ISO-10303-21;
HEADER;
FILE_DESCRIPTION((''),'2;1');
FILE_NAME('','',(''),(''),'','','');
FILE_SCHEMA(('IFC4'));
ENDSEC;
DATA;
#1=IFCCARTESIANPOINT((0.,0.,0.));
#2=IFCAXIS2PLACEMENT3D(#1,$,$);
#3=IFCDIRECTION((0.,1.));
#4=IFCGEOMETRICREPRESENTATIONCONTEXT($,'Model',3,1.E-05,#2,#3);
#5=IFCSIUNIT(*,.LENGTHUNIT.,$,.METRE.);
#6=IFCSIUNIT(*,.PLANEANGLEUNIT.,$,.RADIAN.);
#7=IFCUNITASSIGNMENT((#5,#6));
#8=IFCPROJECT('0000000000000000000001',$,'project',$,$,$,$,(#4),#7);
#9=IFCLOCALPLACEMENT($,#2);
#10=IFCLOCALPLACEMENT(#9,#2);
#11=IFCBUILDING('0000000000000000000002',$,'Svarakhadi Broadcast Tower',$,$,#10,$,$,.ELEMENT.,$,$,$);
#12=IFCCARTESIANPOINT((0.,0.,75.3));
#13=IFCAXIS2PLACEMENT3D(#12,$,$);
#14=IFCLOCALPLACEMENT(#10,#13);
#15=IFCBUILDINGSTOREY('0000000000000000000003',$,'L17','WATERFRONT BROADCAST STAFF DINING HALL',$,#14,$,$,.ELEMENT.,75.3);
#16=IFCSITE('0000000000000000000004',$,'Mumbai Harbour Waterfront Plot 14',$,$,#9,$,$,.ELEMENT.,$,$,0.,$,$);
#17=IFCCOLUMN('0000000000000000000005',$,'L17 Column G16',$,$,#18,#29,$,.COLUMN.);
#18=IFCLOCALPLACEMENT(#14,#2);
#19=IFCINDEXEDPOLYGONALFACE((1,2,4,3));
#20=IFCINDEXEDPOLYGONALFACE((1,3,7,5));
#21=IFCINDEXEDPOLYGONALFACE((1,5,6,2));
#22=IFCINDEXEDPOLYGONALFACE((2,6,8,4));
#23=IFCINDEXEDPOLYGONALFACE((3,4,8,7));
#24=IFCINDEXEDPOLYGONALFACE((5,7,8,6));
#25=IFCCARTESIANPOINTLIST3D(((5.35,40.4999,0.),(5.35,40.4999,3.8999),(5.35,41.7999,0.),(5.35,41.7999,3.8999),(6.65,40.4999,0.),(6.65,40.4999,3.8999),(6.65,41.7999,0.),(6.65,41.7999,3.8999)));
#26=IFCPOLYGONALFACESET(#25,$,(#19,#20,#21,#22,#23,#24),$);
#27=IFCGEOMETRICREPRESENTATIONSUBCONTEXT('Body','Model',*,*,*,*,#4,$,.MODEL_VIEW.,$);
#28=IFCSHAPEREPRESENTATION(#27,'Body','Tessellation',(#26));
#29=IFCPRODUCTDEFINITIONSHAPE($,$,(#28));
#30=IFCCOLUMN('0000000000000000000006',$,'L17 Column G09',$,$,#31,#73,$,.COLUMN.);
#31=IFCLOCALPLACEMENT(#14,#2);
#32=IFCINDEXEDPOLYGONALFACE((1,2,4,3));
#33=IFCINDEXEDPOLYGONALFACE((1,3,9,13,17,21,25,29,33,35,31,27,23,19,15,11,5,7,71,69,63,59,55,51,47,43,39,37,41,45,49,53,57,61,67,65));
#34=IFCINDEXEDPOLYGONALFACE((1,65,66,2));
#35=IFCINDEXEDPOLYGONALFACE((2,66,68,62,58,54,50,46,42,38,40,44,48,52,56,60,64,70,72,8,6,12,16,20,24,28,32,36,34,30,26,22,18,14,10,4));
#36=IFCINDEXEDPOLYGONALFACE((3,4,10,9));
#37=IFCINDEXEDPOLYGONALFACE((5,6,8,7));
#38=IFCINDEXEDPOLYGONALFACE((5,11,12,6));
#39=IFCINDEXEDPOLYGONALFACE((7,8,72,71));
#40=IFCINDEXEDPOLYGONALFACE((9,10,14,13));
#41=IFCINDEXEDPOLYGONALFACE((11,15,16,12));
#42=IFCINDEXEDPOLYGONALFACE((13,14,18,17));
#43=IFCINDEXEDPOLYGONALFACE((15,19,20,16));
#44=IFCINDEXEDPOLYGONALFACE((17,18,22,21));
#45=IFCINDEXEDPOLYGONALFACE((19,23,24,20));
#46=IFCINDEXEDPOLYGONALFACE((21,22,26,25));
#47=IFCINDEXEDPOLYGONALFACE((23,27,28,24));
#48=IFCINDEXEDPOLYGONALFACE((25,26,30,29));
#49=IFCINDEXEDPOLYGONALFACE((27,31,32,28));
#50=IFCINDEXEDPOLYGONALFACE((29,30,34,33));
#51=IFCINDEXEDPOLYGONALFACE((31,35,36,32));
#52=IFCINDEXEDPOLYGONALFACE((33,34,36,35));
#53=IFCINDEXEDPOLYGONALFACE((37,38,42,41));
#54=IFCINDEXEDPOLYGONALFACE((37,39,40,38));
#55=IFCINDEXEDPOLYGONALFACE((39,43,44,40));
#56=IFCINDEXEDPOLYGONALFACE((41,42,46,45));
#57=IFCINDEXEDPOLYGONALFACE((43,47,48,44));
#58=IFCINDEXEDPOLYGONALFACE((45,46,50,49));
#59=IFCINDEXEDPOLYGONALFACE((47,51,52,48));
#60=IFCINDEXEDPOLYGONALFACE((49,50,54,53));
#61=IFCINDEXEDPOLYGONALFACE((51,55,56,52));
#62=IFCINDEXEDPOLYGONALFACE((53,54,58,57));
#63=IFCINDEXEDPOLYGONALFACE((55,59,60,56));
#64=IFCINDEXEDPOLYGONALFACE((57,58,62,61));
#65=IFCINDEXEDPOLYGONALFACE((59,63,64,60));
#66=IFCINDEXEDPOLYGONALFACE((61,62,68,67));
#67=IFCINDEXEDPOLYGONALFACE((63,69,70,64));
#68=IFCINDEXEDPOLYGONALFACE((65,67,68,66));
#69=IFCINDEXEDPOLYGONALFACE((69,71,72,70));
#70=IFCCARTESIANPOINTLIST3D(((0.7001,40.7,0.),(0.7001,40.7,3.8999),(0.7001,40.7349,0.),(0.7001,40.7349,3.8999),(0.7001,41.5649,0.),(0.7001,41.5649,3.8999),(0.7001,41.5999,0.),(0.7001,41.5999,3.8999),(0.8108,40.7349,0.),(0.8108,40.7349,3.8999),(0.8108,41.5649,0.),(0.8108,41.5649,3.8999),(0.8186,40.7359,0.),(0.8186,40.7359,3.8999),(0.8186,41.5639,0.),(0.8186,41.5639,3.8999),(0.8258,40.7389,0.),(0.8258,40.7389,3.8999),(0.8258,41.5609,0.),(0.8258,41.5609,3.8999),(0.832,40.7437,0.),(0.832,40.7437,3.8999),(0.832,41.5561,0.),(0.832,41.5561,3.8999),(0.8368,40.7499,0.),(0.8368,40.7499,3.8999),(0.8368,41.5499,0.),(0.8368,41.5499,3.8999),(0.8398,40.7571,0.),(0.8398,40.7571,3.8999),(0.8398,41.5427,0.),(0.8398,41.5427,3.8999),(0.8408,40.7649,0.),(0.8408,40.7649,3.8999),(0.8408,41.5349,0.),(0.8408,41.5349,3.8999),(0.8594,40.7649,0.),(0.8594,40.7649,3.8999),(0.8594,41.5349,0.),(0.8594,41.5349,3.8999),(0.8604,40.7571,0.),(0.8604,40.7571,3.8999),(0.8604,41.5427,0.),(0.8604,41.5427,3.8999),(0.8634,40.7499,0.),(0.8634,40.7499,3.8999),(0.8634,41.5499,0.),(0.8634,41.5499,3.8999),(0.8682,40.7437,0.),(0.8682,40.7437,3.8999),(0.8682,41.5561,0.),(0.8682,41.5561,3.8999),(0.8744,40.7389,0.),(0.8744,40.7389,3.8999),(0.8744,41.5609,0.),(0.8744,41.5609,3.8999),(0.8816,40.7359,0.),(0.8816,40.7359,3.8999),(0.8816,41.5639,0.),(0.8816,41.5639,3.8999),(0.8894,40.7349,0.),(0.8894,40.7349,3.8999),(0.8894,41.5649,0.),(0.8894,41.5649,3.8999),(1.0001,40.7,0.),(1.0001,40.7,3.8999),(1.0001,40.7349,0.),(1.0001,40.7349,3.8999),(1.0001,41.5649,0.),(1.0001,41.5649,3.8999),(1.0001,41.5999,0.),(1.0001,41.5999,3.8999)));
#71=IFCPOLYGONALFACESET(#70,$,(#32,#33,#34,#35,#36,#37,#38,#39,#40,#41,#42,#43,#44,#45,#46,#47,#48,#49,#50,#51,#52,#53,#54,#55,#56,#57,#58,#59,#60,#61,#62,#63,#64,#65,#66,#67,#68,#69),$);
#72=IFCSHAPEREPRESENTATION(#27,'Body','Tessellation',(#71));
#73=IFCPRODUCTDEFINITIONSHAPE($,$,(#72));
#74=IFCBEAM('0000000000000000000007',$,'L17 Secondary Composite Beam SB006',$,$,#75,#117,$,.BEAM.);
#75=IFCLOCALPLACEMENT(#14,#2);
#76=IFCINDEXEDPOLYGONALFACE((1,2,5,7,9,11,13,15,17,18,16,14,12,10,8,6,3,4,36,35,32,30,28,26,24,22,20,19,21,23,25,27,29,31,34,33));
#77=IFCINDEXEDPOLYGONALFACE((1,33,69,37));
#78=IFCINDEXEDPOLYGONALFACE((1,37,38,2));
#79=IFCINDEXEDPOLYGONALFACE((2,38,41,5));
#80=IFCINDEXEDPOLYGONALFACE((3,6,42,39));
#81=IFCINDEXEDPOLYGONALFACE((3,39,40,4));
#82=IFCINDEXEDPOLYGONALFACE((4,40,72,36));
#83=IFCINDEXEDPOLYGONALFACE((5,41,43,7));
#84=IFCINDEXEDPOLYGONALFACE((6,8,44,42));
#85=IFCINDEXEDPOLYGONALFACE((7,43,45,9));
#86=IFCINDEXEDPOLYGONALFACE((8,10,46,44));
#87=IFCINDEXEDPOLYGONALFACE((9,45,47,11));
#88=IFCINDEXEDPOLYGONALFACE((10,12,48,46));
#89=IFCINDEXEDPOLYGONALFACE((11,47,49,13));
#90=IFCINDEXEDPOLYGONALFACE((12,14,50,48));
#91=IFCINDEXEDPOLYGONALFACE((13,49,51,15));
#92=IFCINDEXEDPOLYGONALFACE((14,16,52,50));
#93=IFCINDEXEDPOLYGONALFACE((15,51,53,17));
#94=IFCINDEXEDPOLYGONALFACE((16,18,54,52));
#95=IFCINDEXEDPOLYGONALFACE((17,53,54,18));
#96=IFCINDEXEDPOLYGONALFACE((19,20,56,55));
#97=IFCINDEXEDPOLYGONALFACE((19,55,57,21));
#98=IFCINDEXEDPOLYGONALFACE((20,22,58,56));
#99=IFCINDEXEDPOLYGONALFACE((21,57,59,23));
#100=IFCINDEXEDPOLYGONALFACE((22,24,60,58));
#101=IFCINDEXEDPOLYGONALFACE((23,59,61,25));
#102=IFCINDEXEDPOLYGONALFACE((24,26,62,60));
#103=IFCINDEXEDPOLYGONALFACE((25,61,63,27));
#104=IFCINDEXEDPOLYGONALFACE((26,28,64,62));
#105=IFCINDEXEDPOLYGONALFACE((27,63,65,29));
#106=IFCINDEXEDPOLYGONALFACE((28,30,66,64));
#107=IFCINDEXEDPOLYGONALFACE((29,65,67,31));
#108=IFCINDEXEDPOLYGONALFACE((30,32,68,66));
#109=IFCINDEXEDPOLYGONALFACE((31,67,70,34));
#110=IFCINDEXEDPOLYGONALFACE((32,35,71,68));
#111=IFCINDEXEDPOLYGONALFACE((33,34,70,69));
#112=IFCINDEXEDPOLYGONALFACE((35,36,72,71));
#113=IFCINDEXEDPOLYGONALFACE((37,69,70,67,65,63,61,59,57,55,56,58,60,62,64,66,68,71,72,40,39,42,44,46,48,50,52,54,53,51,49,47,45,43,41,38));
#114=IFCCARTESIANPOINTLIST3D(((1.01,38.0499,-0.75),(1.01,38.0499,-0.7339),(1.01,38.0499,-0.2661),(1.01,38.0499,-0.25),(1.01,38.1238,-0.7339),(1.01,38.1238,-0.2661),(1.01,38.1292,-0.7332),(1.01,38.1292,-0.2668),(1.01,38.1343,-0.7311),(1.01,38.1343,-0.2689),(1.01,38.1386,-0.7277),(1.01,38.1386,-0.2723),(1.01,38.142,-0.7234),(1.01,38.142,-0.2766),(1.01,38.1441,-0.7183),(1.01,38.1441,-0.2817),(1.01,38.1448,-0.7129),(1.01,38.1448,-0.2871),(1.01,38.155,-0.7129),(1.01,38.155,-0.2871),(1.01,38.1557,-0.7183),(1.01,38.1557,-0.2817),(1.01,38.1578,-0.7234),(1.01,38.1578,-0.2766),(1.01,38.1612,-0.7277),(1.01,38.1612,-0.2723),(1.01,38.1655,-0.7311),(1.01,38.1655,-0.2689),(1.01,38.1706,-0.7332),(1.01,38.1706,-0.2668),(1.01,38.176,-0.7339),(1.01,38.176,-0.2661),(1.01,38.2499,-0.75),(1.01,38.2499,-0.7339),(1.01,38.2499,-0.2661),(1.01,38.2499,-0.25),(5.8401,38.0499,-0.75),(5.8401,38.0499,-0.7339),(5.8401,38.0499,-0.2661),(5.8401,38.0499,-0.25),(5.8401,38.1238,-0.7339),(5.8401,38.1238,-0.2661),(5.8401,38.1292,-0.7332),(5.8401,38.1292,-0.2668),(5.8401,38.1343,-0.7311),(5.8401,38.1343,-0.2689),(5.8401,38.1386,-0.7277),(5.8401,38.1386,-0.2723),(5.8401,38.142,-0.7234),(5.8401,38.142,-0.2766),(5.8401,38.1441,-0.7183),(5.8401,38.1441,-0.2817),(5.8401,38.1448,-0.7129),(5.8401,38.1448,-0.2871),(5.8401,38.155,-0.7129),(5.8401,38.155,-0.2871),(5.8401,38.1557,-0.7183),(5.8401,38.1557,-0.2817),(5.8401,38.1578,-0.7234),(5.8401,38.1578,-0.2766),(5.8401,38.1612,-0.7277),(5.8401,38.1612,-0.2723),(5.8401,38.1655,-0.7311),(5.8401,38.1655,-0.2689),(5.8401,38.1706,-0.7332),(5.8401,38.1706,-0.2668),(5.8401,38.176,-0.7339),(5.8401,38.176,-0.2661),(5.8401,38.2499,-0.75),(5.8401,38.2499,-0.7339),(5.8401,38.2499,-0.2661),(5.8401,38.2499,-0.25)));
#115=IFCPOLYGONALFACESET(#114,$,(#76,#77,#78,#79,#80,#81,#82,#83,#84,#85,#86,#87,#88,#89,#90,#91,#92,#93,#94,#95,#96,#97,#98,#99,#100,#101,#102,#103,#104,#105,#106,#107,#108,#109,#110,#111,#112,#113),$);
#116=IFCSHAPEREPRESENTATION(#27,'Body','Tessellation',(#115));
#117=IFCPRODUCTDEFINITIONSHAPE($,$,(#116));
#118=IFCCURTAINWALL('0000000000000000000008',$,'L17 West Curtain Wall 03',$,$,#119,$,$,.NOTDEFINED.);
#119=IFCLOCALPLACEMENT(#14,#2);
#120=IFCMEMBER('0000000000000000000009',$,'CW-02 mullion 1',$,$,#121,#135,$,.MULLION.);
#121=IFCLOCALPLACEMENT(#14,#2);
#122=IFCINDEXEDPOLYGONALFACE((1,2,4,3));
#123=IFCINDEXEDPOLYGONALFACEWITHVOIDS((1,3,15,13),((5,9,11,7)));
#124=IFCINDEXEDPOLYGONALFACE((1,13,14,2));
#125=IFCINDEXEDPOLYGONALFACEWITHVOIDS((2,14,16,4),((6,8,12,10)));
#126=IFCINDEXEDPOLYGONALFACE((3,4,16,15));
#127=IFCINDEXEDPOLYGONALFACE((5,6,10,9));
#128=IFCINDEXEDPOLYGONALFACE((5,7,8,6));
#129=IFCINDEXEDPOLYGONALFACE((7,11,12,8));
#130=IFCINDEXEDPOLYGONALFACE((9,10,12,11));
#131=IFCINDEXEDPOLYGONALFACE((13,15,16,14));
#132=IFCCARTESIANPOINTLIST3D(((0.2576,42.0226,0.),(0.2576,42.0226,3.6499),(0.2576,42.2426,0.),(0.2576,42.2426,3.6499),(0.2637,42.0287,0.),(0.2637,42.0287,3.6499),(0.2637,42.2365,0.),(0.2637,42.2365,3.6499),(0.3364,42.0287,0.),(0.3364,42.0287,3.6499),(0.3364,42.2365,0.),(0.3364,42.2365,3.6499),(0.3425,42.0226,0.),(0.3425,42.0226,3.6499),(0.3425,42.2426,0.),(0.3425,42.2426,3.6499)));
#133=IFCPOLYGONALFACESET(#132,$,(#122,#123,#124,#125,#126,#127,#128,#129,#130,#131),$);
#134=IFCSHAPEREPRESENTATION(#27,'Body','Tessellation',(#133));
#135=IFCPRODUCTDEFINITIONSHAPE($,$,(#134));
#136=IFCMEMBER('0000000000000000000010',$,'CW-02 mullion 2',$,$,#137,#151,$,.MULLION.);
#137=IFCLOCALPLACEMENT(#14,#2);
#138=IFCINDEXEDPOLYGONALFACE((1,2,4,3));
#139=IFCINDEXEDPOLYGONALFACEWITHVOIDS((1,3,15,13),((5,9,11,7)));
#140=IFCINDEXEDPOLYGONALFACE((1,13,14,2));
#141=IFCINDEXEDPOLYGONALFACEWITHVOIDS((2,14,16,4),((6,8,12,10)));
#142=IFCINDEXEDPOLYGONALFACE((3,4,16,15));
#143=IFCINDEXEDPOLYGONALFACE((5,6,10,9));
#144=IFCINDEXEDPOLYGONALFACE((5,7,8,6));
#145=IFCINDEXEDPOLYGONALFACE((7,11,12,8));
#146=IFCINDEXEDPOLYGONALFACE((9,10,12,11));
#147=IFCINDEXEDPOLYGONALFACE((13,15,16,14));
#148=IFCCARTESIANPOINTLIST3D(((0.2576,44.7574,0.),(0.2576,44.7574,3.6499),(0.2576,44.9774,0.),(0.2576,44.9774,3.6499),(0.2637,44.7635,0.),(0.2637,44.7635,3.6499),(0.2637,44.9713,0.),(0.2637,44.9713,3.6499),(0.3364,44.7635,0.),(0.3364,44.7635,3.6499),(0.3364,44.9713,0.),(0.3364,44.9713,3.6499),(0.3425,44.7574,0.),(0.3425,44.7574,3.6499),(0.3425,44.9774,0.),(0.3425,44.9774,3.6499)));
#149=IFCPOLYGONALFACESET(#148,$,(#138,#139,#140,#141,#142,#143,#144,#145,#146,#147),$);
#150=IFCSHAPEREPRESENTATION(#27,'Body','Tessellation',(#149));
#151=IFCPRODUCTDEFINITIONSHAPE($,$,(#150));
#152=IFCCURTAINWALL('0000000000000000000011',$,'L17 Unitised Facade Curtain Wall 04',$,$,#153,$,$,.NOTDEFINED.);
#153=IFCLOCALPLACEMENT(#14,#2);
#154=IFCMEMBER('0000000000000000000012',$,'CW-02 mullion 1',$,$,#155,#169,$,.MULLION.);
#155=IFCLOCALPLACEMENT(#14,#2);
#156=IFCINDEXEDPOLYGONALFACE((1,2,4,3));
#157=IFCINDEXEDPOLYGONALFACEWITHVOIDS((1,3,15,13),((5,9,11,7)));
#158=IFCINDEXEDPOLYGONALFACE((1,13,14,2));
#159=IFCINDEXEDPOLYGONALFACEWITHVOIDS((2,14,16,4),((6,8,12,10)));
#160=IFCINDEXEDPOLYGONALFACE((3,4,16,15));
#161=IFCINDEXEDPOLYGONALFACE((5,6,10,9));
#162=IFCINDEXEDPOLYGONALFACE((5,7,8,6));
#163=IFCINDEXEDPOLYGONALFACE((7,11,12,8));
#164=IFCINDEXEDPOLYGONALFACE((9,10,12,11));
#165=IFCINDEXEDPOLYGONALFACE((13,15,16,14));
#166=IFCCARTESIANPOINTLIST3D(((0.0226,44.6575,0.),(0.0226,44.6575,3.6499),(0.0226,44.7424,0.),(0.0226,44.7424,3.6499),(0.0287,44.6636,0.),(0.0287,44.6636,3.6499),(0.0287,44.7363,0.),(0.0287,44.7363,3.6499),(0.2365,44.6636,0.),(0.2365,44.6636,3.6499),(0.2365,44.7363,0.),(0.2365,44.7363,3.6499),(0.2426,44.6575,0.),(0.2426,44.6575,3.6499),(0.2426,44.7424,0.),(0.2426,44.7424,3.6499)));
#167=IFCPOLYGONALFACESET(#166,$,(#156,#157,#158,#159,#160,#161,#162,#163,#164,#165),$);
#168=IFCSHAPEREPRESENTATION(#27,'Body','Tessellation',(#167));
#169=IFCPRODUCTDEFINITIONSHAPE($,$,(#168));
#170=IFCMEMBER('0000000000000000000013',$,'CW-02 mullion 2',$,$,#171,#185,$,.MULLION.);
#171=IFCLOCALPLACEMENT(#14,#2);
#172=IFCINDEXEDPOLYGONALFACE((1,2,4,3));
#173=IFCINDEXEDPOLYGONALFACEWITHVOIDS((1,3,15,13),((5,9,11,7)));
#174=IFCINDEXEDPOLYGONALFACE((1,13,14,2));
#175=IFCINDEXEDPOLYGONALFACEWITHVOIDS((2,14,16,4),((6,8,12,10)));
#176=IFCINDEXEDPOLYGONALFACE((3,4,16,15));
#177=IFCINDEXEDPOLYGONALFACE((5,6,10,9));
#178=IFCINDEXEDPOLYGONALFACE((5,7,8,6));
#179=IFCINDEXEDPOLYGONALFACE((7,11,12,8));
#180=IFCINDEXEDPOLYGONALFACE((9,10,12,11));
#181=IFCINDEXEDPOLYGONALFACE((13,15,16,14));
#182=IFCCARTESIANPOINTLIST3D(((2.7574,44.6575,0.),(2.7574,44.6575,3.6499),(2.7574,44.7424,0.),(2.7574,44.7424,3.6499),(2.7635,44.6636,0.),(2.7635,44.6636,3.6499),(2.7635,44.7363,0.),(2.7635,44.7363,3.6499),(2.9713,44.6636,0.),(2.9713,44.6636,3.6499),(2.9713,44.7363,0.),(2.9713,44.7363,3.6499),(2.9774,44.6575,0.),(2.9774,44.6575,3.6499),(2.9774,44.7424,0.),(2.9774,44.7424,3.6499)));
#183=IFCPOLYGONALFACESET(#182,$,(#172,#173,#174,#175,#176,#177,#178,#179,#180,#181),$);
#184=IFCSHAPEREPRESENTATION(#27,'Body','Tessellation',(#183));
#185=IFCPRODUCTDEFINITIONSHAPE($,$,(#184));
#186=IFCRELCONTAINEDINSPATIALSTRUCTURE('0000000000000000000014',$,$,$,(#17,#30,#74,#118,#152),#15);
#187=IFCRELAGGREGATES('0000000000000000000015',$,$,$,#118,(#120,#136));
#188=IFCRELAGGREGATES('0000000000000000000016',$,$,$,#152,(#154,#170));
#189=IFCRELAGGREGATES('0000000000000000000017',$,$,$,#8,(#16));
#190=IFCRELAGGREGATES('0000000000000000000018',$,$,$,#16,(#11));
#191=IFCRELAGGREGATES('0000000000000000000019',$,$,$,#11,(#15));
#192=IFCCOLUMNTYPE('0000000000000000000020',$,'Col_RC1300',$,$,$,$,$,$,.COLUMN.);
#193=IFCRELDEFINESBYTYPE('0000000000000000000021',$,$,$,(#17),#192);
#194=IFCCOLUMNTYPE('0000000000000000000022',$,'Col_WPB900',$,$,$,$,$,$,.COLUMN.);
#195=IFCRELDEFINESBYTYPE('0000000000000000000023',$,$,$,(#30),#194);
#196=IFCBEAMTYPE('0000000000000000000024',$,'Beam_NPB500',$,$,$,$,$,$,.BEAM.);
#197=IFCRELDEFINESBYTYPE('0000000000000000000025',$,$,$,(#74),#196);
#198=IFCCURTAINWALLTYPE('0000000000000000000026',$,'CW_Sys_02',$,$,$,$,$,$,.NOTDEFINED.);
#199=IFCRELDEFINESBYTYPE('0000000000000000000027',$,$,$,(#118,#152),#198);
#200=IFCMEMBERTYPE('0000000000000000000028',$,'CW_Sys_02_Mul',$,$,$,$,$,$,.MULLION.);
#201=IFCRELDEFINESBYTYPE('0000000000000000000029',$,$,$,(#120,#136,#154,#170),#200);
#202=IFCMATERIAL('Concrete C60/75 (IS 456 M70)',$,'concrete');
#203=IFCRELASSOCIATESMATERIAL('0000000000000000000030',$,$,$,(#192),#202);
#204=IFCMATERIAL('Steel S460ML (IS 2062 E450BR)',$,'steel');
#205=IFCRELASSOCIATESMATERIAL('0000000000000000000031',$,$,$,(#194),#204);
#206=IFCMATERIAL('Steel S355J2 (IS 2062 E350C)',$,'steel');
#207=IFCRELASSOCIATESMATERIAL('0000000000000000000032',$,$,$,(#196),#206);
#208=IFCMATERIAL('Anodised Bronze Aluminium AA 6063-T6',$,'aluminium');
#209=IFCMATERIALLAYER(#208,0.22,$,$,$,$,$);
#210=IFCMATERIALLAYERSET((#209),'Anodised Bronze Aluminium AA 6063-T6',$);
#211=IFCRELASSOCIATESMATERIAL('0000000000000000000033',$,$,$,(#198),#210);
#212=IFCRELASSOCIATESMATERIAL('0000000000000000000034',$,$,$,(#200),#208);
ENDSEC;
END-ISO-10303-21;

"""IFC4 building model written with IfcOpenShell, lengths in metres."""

from ifc_helpers import new_model, si_unit, direction, frame, origin, origin_2d, place, context, subcontext, project, spatial, rectangle, hollow_rectangle, i_section, extrude, material, layer, layer_set, material_profile, profile_set, type_object, element, aggregate, save


model = new_model("IFC4")

# Units and contexts
model_context = context("Model", 3, precision=1e-05, world=origin(), true_north=direction((0.0, 1.0)))
body_context = subcontext(model_context, "Body", "Model", "MODEL_VIEW")
ifc_project = project(units=[si_unit("LENGTHUNIT", "METRE"), si_unit("PLANEANGLEUNIT", "RADIAN")], contexts=[model_context])

# Site, building, storey
site_placement = place(None, origin())
site = spatial("IfcSite", under=ifc_project, at=site_placement, Name="Mumbai Harbour Waterfront Plot 14", CompositionType="ELEMENT", RefElevation=0.0)
building_placement = place(site_placement, origin())
building = spatial("IfcBuilding", under=site, at=building_placement, Name="Svarakhadi Broadcast Tower", CompositionType="ELEMENT")
storey_placement = place(building_placement, frame((0.0, 0.0, 75.3)))
storey = spatial("IfcBuildingStorey", under=building, at=storey_placement, Name="L17", Description="WATERFRONT BROADCAST STAFF DINING HALL", CompositionType="ELEMENT", Elevation=75.3)

# Columns
ifc_material_1 = material(Name="Concrete C60/75 (IS 456 M70)", Category="concrete")
ifc_material_profile_1 = material_profile(ifc_material_1, rectangle(XDim=1.3, YDim=1.3, at=origin_2d()), Name="RC 1300x1300")
ifc_profile_set_1 = profile_set([ifc_material_profile_1], Name="Concrete C60/75 (IS 456 M70)")
column_type_1 = type_object("IfcColumnType", Name="Col_RC1300", PredefinedType="COLUMN", material=ifc_profile_set_1)
column_1_placement = place(storey_placement, frame((6.0, 41.1499, 0.0), z_axis=(0.0, 0.0, 1.0), x_axis=(1.0, 0.0, 0.0)))
element("IfcColumn", 1, at=column_1_placement, inside=storey, type_object=column_type_1, Name="L17 Column G16", PredefinedType="COLUMN", context=body_context, shape_type="SweptSolid", body=[
    extrude(rectangle(XDim=1.3, YDim=1.3, at=origin_2d()), origin(), (0.0, 0.0, 1.0), 3.8999),
])
ifc_material_2 = material(Name="Steel S460ML (IS 2062 E450BR)", Category="steel")
ifc_material_profile_2 = material_profile(ifc_material_2, i_section(OverallWidth=0.3, OverallDepth=0.8999, WebThickness=0.0186, FlangeThickness=0.0349, FilletRadius=0.03, at=origin_2d()), Name="WPB 900x300x291")
ifc_profile_set_2 = profile_set([ifc_material_profile_2], Name="Steel S460ML (IS 2062 E450BR)")
column_type_2 = type_object("IfcColumnType", Name="Col_WPB900", PredefinedType="COLUMN", material=ifc_profile_set_2)
column_2_placement = place(storey_placement, frame((0.8501, 41.1499, 0.0), z_axis=(0.0, 0.0, 1.0), x_axis=(1.0, 0.0, 0.0)))
element("IfcColumn", 2, at=column_2_placement, inside=storey, type_object=column_type_2, Name="L17 Column G09", PredefinedType="COLUMN", context=body_context, shape_type="SweptSolid", body=[
    extrude(i_section(OverallWidth=0.3, OverallDepth=0.8999, WebThickness=0.0186, FlangeThickness=0.0349, FilletRadius=0.03, at=origin_2d()), origin(), (0.0, 0.0, 1.0), 3.8999),
])

# Beam
ifc_material_3 = material(Name="Steel S355J2 (IS 2062 E350C)", Category="steel")
ifc_material_profile_3 = material_profile(ifc_material_3, i_section(OverallWidth=0.2, OverallDepth=0.5, WebThickness=0.0103, FlangeThickness=0.0161, FilletRadius=0.021, at=origin_2d()), Name="NPB 500x200x91")
ifc_profile_set_3 = profile_set([ifc_material_profile_3], Name="Steel S355J2 (IS 2062 E350C)")
beam_type_1 = type_object("IfcBeamType", Name="Beam_NPB500", PredefinedType="BEAM", material=ifc_profile_set_3)
beam_1_placement = place(storey_placement, frame((1.01, 38.1499, -0.5), z_axis=(1.0, 0.0, 0.0), x_axis=(0.0, 1.0, 0.0)))
element("IfcBeam", 3, at=beam_1_placement, inside=storey, type_object=beam_type_1, Name="L17 Secondary Composite Beam SB006", PredefinedType="BEAM", context=body_context, shape_type="SweptSolid", body=[
    extrude(i_section(OverallWidth=0.2, OverallDepth=0.5, WebThickness=0.0103, FlangeThickness=0.0161, FilletRadius=0.021, at=origin_2d()), origin(), (0.0, 0.0, 1.0), 4.8301),
])

# Curtain walls, members
ifc_material_4 = material(Name="Anodised Bronze Aluminium AA 6063-T6", Category="aluminium")
ifc_layer_1 = layer(ifc_material_4, 0.22)
ifc_layer_set_1 = layer_set([ifc_layer_1], Name="Anodised Bronze Aluminium AA 6063-T6")
curtain_wall_type = type_object("IfcCurtainWallType", Name="CW_Sys_02", PredefinedType="NOTDEFINED", material=ifc_layer_set_1)
curtain_wall_1_placement = place(storey_placement, origin())
curtain_wall_1 = element("IfcCurtainWall", 4, at=curtain_wall_1_placement, inside=storey, type_object=curtain_wall_type, Name="L17 West Curtain Wall 03", PredefinedType="NOTDEFINED")
ifc_material_profile_4 = material_profile(ifc_material_4, hollow_rectangle(XDim=0.085, YDim=0.22, WallThickness=0.0061, at=origin_2d()), Name="ALU MULLION 220x85x6")
ifc_profile_set_4 = profile_set([ifc_material_profile_4], Name="Anodised Bronze Aluminium AA 6063-T6")
member_type_1 = type_object("IfcMemberType", Name="CW_Sys_02_Mul", PredefinedType="MULLION", material=ifc_profile_set_4)
member_1_placement = place(storey_placement, frame((0.3, 42.1326, 0.0), z_axis=(0.0, 0.0, 1.0), x_axis=(-1.0, 0.0, 0.0)))
member_1 = element("IfcMember", 5, at=member_1_placement, type_object=member_type_1, Name="CW-02 mullion 1", PredefinedType="MULLION", context=body_context, shape_type="SweptSolid", body=[
    extrude(hollow_rectangle(XDim=0.085, YDim=0.22, WallThickness=0.0061, at=origin_2d()), origin(), (0.0, 0.0, 1.0), 3.6499),
])
member_2_placement = place(storey_placement, frame((0.3, 44.8674, 0.0), z_axis=(0.0, 0.0, 1.0), x_axis=(-1.0, 0.0, 0.0)))
member_2 = element("IfcMember", 6, at=member_2_placement, type_object=member_type_1, Name="CW-02 mullion 2", PredefinedType="MULLION", context=body_context, shape_type="SweptSolid", body=[
    extrude(hollow_rectangle(XDim=0.085, YDim=0.22, WallThickness=0.0061, at=origin_2d()), origin(), (0.0, 0.0, 1.0), 3.6499),
])
curtain_wall_2_placement = place(storey_placement, origin())
curtain_wall_2 = element("IfcCurtainWall", 7, at=curtain_wall_2_placement, inside=storey, type_object=curtain_wall_type, Name="L17 Unitised Facade Curtain Wall 04", PredefinedType="NOTDEFINED")
member_3_placement = place(storey_placement, frame((0.1326, 44.7, 0.0), z_axis=(0.0, 0.0, 1.0), x_axis=(0.0, 1.0, 0.0)))
member_3 = element("IfcMember", 8, at=member_3_placement, type_object=member_type_1, Name="CW-02 mullion 1", PredefinedType="MULLION", context=body_context, shape_type="SweptSolid", body=[
    extrude(hollow_rectangle(XDim=0.085, YDim=0.22, WallThickness=0.0061, at=origin_2d()), origin(), (0.0, 0.0, 1.0), 3.6499),
])
member_4_placement = place(storey_placement, frame((2.8674, 44.7, 0.0), z_axis=(0.0, 0.0, 1.0), x_axis=(0.0, 1.0, 0.0)))
member_4 = element("IfcMember", 9, at=member_4_placement, type_object=member_type_1, Name="CW-02 mullion 2", PredefinedType="MULLION", context=body_context, shape_type="SweptSolid", body=[
    extrude(hollow_rectangle(XDim=0.085, YDim=0.22, WallThickness=0.0061, at=origin_2d()), origin(), (0.0, 0.0, 1.0), 3.6499),
])

aggregate(curtain_wall_1, [member_1, member_2])
aggregate(curtain_wall_2, [member_3, member_4])

save(model, "model.ifc")
